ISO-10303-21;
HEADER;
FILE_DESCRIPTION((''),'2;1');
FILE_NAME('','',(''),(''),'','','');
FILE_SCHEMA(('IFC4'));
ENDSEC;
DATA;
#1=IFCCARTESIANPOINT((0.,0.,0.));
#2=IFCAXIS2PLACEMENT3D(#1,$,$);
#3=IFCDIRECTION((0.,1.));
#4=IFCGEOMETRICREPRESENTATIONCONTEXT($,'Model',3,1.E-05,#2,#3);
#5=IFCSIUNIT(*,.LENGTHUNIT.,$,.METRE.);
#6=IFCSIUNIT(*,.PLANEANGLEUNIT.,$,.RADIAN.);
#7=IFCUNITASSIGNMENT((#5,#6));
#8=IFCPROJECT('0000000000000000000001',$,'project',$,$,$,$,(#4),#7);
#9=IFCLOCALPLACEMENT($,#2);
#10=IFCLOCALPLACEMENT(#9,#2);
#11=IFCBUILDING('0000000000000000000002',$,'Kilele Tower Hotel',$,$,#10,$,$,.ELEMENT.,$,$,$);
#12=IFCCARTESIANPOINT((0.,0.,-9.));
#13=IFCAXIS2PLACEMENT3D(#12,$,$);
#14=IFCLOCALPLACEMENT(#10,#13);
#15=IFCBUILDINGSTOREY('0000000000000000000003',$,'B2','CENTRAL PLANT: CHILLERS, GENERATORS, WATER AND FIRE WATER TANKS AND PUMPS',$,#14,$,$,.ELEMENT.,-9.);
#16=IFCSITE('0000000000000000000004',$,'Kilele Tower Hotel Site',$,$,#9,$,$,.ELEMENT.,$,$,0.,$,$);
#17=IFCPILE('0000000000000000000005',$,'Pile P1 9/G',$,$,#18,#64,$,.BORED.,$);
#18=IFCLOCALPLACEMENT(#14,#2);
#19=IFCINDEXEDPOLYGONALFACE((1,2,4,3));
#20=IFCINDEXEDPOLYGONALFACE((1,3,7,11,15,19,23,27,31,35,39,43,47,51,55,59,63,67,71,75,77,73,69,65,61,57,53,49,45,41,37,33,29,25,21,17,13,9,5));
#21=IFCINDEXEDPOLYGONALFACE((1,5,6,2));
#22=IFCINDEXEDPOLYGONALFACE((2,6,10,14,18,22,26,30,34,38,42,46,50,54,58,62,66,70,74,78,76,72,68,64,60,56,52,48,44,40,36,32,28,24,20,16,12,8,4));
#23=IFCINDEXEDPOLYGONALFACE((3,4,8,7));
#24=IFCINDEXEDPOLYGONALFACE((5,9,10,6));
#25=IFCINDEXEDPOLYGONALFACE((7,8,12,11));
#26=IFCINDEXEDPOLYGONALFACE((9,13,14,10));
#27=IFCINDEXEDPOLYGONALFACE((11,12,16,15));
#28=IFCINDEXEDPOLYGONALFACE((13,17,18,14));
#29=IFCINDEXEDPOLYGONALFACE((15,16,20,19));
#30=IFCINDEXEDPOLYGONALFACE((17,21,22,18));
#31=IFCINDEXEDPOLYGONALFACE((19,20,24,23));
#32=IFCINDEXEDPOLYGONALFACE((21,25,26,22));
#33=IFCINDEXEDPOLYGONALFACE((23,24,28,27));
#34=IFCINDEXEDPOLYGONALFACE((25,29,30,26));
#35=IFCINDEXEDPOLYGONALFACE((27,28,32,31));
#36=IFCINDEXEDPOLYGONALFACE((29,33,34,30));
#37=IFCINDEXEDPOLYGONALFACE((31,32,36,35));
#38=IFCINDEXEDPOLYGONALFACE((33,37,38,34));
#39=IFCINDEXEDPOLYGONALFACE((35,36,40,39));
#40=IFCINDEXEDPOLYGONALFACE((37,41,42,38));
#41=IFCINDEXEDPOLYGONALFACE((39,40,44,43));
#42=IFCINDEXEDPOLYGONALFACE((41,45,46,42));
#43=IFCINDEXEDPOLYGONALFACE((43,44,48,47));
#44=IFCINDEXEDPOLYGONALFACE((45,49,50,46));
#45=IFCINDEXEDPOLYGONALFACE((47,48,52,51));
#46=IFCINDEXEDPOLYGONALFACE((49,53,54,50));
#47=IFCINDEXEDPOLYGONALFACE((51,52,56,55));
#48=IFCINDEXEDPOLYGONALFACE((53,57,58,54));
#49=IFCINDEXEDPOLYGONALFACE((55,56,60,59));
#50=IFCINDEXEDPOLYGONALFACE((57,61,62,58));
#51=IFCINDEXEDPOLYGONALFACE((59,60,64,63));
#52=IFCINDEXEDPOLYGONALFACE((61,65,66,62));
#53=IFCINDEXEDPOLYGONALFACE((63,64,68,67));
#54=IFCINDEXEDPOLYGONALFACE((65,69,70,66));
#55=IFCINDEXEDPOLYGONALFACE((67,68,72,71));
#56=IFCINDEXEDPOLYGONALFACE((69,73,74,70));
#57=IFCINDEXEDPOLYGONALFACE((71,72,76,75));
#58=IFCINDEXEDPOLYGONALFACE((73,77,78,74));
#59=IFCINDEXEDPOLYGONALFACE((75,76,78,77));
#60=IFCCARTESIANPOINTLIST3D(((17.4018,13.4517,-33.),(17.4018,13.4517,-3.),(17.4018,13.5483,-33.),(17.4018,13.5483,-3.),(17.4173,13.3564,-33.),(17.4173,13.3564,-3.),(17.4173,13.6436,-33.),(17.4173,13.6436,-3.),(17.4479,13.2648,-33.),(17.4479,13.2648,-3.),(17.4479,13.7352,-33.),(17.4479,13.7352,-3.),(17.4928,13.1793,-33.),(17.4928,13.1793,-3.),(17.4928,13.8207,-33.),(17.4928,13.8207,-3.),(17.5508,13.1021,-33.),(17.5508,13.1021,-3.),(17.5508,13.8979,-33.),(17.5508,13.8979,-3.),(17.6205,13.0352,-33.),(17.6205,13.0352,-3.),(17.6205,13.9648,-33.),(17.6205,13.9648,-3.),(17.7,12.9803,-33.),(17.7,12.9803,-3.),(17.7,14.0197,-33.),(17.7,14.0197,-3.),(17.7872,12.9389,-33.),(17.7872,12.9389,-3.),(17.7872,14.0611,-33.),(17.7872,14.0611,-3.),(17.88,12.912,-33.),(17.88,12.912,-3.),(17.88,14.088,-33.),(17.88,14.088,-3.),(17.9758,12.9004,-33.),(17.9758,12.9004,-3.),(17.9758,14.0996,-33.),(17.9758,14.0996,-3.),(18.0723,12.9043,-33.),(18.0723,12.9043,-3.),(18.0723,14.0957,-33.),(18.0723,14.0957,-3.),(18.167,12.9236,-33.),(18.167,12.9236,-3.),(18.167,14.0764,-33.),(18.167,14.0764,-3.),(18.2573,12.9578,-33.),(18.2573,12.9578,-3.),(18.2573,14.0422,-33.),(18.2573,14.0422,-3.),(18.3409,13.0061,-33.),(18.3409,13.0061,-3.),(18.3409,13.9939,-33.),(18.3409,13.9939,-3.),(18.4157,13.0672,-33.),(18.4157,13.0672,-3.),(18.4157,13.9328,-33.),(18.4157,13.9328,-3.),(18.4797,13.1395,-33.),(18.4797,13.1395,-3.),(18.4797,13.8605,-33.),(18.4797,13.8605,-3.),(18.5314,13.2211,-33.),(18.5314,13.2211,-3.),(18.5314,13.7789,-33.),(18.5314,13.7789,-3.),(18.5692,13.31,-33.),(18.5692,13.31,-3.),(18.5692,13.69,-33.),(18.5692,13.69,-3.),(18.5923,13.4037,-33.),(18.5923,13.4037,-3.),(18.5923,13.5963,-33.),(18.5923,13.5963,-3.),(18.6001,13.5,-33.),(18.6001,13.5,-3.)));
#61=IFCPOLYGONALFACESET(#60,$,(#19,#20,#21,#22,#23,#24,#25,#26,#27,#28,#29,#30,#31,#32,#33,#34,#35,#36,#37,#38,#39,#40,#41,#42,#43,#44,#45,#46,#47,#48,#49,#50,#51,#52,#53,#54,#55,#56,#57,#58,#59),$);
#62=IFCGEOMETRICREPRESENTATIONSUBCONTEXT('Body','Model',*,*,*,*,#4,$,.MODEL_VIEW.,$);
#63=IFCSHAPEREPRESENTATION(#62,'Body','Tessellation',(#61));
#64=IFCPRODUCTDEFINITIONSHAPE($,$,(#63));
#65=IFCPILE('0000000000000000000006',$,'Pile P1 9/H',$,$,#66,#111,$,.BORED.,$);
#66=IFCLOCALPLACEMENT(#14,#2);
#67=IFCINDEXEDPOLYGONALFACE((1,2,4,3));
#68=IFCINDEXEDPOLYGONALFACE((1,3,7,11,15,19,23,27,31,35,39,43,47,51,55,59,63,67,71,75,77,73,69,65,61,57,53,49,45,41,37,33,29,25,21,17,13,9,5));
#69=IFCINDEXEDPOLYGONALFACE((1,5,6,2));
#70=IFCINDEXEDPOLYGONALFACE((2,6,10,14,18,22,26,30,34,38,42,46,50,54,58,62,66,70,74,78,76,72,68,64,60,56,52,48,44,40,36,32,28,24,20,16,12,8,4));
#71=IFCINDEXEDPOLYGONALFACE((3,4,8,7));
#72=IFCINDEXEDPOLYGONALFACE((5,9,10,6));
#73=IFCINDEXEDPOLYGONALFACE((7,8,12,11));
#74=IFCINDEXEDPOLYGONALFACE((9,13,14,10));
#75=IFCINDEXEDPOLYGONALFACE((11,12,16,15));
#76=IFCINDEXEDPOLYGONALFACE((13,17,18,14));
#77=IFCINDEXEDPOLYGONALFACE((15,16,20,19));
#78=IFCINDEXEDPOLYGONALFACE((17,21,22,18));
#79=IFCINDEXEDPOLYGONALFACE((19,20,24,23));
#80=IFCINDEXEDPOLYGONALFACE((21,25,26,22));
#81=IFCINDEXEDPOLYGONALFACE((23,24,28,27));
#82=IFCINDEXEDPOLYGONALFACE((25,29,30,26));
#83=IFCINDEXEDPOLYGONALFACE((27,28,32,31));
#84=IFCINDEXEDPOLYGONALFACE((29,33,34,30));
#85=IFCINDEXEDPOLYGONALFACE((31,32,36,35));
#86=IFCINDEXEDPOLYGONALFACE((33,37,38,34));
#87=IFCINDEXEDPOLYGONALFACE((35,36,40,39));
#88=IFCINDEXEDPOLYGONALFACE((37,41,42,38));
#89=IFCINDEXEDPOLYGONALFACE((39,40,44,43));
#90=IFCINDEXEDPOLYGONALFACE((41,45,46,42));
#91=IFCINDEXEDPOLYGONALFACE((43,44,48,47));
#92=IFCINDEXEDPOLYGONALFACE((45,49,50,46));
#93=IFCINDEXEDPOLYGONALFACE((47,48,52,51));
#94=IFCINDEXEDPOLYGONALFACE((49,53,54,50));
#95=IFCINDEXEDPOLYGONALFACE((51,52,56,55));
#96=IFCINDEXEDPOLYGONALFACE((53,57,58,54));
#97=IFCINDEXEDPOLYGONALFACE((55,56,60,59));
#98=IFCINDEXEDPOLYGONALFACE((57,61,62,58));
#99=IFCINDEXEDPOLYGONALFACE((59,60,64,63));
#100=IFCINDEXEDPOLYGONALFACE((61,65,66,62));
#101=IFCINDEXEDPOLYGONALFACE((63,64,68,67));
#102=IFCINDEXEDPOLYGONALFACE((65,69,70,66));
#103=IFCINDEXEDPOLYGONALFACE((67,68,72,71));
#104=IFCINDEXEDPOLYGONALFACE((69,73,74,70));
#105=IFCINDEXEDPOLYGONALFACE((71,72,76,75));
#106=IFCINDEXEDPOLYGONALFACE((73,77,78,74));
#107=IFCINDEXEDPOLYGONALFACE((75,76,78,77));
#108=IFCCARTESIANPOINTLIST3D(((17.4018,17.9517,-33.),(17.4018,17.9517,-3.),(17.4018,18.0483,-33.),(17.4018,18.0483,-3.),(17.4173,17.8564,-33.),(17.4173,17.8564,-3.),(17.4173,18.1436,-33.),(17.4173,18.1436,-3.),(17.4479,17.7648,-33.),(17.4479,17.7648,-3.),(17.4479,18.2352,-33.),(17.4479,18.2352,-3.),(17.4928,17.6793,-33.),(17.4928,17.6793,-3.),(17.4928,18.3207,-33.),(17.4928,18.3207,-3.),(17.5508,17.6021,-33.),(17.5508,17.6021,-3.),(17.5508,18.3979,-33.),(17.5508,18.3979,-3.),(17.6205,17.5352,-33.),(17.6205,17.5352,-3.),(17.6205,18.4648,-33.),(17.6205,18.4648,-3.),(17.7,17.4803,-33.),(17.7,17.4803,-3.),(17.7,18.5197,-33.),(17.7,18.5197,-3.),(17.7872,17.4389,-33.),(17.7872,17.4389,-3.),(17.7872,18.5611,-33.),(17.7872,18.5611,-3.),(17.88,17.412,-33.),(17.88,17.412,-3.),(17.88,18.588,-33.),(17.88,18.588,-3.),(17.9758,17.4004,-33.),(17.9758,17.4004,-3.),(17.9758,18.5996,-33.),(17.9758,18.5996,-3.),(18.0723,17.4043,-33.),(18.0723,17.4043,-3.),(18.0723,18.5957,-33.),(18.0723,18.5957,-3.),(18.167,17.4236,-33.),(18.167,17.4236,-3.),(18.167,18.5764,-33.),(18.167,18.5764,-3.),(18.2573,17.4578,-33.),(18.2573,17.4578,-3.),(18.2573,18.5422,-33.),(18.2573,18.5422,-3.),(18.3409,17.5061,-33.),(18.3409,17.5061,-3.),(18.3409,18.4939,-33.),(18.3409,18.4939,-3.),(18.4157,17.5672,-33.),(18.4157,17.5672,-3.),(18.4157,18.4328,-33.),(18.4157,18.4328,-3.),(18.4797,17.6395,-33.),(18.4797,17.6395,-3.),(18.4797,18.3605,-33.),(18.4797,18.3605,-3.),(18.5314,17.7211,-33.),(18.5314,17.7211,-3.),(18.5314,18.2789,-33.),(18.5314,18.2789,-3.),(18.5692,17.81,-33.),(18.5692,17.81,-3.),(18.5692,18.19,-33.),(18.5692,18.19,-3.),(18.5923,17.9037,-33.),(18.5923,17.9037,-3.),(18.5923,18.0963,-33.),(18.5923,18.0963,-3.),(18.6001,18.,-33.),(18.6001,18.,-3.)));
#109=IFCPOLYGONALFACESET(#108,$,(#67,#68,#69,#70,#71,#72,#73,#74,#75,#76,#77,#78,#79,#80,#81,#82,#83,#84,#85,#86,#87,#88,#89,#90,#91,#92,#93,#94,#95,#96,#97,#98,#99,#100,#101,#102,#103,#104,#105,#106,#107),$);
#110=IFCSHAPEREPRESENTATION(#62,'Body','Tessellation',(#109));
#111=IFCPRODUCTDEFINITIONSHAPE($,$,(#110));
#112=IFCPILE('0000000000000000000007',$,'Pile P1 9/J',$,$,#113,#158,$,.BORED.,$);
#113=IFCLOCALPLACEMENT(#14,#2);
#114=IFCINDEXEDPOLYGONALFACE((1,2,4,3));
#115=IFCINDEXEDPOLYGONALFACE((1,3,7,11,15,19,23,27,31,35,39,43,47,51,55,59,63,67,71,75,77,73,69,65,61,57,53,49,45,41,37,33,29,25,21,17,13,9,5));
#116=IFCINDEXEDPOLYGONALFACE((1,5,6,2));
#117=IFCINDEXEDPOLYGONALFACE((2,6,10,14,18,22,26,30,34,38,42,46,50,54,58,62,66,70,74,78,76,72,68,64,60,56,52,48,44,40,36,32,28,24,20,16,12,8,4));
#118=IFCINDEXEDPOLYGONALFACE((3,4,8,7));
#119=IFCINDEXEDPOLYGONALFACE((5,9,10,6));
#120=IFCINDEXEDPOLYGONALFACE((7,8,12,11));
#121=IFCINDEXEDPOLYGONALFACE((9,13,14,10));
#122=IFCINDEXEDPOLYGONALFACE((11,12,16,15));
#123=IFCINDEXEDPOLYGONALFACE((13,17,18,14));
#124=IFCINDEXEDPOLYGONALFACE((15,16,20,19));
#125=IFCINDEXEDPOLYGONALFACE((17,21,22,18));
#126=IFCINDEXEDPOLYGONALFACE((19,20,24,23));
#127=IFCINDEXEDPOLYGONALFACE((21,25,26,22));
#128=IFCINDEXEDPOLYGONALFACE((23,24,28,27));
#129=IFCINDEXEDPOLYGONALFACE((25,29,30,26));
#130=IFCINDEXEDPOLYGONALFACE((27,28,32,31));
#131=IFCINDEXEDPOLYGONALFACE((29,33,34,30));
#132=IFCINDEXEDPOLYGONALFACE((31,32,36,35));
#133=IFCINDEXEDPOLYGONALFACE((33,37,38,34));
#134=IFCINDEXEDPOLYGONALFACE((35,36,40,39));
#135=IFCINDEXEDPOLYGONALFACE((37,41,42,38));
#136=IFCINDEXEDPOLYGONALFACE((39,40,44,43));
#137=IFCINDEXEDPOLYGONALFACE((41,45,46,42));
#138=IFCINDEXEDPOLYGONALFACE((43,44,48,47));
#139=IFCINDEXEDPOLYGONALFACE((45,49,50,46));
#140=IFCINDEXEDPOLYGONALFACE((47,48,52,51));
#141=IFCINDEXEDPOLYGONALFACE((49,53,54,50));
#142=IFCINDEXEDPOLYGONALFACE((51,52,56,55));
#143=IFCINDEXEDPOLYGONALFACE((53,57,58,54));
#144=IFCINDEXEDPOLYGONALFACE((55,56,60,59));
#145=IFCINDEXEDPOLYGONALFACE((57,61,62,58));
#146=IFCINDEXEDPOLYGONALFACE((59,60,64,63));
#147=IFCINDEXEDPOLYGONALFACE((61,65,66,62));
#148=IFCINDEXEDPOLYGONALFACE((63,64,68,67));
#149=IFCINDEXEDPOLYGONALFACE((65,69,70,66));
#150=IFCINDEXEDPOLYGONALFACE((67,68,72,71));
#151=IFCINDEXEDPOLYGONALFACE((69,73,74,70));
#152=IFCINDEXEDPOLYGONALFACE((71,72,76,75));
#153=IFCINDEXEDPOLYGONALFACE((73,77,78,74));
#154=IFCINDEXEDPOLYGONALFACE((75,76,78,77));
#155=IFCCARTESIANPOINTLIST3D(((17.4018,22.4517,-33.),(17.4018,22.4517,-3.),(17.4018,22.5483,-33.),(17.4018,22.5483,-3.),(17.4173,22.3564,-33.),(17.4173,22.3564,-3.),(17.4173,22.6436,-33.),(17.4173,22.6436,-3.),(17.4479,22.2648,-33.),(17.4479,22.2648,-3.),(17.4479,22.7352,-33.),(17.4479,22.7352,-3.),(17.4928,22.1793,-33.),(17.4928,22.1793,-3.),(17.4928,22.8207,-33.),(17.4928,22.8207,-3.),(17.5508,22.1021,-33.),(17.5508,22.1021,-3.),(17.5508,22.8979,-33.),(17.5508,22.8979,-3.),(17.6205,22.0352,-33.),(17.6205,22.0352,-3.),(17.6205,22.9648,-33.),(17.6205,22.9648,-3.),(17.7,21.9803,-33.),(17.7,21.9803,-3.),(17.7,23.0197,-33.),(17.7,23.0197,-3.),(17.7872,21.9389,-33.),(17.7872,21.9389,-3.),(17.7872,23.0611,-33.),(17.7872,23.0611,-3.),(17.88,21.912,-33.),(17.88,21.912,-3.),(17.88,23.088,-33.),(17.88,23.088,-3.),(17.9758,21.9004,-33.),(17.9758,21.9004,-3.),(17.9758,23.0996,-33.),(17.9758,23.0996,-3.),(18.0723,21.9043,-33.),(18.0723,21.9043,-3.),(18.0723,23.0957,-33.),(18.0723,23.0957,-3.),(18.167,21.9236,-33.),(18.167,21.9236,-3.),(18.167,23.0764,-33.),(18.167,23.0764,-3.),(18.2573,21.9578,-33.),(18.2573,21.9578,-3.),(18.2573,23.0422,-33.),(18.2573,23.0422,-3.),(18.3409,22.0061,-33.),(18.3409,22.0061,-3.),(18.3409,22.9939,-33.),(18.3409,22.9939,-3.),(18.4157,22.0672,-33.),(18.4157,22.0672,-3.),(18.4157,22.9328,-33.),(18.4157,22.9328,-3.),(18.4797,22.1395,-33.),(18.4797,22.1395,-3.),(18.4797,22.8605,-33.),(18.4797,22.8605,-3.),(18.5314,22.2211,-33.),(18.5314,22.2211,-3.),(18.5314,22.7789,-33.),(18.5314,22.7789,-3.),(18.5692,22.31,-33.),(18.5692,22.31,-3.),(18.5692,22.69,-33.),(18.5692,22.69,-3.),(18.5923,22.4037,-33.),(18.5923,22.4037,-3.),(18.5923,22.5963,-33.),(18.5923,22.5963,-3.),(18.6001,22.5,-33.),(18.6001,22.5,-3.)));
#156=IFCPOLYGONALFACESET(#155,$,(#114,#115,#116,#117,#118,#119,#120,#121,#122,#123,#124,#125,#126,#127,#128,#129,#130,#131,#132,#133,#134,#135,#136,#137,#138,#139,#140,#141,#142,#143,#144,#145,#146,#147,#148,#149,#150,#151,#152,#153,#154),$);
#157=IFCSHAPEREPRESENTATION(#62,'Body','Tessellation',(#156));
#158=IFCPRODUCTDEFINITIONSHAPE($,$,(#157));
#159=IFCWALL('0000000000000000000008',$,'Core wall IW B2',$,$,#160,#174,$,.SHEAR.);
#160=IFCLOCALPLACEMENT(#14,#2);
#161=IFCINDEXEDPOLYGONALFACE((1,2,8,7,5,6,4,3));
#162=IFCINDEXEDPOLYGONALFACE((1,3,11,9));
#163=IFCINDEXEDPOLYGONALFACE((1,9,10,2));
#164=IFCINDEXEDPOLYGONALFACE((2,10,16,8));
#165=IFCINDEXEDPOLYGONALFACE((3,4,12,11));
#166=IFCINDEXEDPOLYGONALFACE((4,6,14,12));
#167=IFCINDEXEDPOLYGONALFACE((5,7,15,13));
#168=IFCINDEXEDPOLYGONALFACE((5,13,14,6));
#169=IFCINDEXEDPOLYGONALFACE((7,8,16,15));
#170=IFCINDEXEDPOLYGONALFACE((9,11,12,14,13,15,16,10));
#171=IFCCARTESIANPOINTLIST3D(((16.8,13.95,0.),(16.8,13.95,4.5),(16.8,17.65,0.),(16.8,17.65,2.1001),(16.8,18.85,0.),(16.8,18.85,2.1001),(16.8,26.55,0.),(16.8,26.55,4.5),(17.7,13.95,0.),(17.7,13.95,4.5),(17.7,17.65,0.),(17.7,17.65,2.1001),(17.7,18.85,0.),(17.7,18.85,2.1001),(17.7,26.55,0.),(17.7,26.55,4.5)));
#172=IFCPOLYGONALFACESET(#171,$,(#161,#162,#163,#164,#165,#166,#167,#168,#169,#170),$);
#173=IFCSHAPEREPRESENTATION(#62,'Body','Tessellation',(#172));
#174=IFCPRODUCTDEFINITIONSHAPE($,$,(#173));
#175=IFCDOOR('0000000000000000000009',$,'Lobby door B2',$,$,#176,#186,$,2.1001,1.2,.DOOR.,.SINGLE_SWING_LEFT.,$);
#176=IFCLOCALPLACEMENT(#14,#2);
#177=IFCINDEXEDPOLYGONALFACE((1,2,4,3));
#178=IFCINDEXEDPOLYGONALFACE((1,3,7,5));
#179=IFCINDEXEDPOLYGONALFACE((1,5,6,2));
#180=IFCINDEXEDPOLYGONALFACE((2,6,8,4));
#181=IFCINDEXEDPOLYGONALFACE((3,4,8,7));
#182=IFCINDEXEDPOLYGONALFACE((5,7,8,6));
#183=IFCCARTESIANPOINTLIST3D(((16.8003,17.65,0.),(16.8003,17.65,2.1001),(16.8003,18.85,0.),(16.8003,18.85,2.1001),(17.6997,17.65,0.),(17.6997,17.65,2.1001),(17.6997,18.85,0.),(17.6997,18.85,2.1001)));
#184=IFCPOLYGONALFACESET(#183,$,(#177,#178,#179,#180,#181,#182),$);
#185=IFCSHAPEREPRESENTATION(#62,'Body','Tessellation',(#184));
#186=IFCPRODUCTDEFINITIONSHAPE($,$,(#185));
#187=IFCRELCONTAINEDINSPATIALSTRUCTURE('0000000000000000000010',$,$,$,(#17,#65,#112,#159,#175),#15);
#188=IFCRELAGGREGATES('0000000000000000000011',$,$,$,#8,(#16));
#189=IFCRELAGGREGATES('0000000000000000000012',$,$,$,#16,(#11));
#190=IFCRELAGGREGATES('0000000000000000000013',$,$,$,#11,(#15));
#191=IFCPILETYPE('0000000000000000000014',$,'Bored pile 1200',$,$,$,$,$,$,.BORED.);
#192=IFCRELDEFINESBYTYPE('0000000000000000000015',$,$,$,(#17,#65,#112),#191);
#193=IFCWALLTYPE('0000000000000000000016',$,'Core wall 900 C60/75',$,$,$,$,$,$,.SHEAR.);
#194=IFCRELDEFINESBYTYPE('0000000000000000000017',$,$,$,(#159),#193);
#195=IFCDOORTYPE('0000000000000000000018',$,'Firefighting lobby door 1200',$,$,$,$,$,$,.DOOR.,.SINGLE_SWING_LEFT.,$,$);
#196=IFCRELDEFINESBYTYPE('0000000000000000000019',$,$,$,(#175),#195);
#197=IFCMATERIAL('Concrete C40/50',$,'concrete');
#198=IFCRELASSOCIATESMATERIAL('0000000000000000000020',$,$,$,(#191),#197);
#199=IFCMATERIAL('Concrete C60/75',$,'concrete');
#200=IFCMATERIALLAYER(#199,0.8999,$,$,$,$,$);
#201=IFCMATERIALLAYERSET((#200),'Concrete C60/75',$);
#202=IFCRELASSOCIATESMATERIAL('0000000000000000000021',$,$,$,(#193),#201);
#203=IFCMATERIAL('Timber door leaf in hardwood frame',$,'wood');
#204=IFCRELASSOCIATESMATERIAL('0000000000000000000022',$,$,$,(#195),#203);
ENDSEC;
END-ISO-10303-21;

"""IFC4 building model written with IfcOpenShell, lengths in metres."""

from ifc_helpers import new_model, si_unit, direction, frame, frame_2d, origin, origin_2d, place, context, subcontext, project, spatial, rectangle, circle, extrude, material, layer, layer_set, material_profile, profile_set, type_object, element, fill, save


model = new_model("IFC4")

# Units and contexts
model_context = context("Model", 3, precision=1e-05, world=origin(), true_north=direction((0.0, 1.0)))
body_context = subcontext(model_context, "Body", "Model", "MODEL_VIEW")
ifc_project = project(units=[si_unit("LENGTHUNIT", "METRE"), si_unit("PLANEANGLEUNIT", "RADIAN")], contexts=[model_context])

# Site, building, storey
site_placement = place(None, origin())
site = spatial("IfcSite", under=ifc_project, at=site_placement, Name="Kilele Tower Hotel Site", CompositionType="ELEMENT", RefElevation=0.0)
building_placement = place(site_placement, origin())
building = spatial("IfcBuilding", under=site, at=building_placement, Name="Kilele Tower Hotel", CompositionType="ELEMENT")
storey_placement = place(building_placement, frame((0.0, 0.0, -9.0)))
storey = spatial("IfcBuildingStorey", under=building, at=storey_placement, Name="B2", Description="CENTRAL PLANT: CHILLERS, GENERATORS, WATER AND FIRE WATER TANKS AND PUMPS", CompositionType="ELEMENT", Elevation=-9.0)

# Piles
ifc_material_1 = material(Name="Concrete C40/50", Category="concrete")
ifc_material_profile = material_profile(ifc_material_1, circle(Radius=0.6001, at=origin_2d()))
ifc_profile_set = profile_set([ifc_material_profile], Name="Concrete C40/50")
pile_type = type_object("IfcPileType", Name="Bored pile 1200", PredefinedType="BORED", material=ifc_profile_set)
for number, where, z_axis, x_axis, name in (
    (1, (18.0, 13.5, -3.0), (0.0, 0.0, -1.0), (1.0, 0.0, 0.0), "Pile P1 9/G"),
    (2, (18.0, 18.0, -3.0), (0.0, 0.0, -1.0), (1.0, 0.0, 0.0), "Pile P1 9/H"),
    (3, (18.0, 22.5, -3.0), (0.0, 0.0, -1.0), (1.0, 0.0, 0.0), "Pile P1 9/J"),
):
    element("IfcPile", number, at=place(storey_placement, frame(where, z_axis=z_axis, x_axis=x_axis)), inside=storey, type_object=pile_type, Name=name, PredefinedType="BORED", context=body_context, shape_type="SweptSolid", body=[
        extrude(circle(Radius=0.6001, at=origin_2d()), origin(), (0.0, 0.0, 1.0), 30.0),
    ])

# Wall, opening, door
ifc_material_2 = material(Name="Concrete C60/75", Category="concrete")
ifc_layer_1 = layer(ifc_material_2, 0.8999)
ifc_layer_set_1 = layer_set([ifc_layer_1], Name="Concrete C60/75")
wall_type_1 = type_object("IfcWallType", Name="Core wall 900 C60/75", PredefinedType="SHEAR", material=ifc_layer_set_1)
wall_1_placement = place(storey_placement, frame((17.25, 13.95, 0.0), z_axis=(0.0, 0.0, 1.0), x_axis=(0.0, 1.0, 0.0)))
wall_1 = element("IfcWall", 4, at=wall_1_placement, inside=storey, type_object=wall_type_1, Name="Core wall IW B2", PredefinedType="SHEAR", context=body_context, shape_type="SweptSolid", body=[
    extrude(rectangle(XDim=12.6001, YDim=0.8999, at=frame_2d((6.3, 0.0))), origin(), (0.0, 0.0, 1.0), 4.5),
])
opening_1_placement = place(wall_1_placement, frame((3.7, 0.0, 0.0)))
opening_1 = element("IfcOpeningElement", 5, at=opening_1_placement, cuts=wall_1, PredefinedType="OPENING", context=body_context, shape_type="SweptSolid", body=[
    extrude(rectangle(XDim=1.2, YDim=2.1001, at=frame_2d((0.6001, 1.05))), frame((0.0, 0.46, 0.0), z_axis=(0.0, -1.0, 0.0), x_axis=(1.0, 0.0, 0.0)), (0.0, 0.0, 1.0), 0.9199),
])
ifc_material_3 = material(Name="Timber door leaf in hardwood frame", Category="wood")
door_type_1 = type_object("IfcDoorType", Name="Firefighting lobby door 1200", OperationType="SINGLE_SWING_LEFT", PredefinedType="DOOR", material=ifc_material_3)
door_1_placement = place(opening_1_placement, origin())
door_1 = element("IfcDoor", 6, at=door_1_placement, inside=storey, type_object=door_type_1, Name="Lobby door B2", OperationType="SINGLE_SWING_LEFT", OverallHeight=2.1001, OverallWidth=1.2, PredefinedType="DOOR", context=body_context, shape_type="SweptSolid", body=[
    extrude(rectangle(XDim=1.2, YDim=2.1001, at=frame_2d((0.6001, 1.05))), frame((0.0, 0.4497, 0.0), z_axis=(0.0, -1.0, 0.0), x_axis=(1.0, 0.0, 0.0)), (0.0, 0.0, 1.0), 0.8994),
])
fill(opening_1, door_1)

save(model, "model.ifc")
